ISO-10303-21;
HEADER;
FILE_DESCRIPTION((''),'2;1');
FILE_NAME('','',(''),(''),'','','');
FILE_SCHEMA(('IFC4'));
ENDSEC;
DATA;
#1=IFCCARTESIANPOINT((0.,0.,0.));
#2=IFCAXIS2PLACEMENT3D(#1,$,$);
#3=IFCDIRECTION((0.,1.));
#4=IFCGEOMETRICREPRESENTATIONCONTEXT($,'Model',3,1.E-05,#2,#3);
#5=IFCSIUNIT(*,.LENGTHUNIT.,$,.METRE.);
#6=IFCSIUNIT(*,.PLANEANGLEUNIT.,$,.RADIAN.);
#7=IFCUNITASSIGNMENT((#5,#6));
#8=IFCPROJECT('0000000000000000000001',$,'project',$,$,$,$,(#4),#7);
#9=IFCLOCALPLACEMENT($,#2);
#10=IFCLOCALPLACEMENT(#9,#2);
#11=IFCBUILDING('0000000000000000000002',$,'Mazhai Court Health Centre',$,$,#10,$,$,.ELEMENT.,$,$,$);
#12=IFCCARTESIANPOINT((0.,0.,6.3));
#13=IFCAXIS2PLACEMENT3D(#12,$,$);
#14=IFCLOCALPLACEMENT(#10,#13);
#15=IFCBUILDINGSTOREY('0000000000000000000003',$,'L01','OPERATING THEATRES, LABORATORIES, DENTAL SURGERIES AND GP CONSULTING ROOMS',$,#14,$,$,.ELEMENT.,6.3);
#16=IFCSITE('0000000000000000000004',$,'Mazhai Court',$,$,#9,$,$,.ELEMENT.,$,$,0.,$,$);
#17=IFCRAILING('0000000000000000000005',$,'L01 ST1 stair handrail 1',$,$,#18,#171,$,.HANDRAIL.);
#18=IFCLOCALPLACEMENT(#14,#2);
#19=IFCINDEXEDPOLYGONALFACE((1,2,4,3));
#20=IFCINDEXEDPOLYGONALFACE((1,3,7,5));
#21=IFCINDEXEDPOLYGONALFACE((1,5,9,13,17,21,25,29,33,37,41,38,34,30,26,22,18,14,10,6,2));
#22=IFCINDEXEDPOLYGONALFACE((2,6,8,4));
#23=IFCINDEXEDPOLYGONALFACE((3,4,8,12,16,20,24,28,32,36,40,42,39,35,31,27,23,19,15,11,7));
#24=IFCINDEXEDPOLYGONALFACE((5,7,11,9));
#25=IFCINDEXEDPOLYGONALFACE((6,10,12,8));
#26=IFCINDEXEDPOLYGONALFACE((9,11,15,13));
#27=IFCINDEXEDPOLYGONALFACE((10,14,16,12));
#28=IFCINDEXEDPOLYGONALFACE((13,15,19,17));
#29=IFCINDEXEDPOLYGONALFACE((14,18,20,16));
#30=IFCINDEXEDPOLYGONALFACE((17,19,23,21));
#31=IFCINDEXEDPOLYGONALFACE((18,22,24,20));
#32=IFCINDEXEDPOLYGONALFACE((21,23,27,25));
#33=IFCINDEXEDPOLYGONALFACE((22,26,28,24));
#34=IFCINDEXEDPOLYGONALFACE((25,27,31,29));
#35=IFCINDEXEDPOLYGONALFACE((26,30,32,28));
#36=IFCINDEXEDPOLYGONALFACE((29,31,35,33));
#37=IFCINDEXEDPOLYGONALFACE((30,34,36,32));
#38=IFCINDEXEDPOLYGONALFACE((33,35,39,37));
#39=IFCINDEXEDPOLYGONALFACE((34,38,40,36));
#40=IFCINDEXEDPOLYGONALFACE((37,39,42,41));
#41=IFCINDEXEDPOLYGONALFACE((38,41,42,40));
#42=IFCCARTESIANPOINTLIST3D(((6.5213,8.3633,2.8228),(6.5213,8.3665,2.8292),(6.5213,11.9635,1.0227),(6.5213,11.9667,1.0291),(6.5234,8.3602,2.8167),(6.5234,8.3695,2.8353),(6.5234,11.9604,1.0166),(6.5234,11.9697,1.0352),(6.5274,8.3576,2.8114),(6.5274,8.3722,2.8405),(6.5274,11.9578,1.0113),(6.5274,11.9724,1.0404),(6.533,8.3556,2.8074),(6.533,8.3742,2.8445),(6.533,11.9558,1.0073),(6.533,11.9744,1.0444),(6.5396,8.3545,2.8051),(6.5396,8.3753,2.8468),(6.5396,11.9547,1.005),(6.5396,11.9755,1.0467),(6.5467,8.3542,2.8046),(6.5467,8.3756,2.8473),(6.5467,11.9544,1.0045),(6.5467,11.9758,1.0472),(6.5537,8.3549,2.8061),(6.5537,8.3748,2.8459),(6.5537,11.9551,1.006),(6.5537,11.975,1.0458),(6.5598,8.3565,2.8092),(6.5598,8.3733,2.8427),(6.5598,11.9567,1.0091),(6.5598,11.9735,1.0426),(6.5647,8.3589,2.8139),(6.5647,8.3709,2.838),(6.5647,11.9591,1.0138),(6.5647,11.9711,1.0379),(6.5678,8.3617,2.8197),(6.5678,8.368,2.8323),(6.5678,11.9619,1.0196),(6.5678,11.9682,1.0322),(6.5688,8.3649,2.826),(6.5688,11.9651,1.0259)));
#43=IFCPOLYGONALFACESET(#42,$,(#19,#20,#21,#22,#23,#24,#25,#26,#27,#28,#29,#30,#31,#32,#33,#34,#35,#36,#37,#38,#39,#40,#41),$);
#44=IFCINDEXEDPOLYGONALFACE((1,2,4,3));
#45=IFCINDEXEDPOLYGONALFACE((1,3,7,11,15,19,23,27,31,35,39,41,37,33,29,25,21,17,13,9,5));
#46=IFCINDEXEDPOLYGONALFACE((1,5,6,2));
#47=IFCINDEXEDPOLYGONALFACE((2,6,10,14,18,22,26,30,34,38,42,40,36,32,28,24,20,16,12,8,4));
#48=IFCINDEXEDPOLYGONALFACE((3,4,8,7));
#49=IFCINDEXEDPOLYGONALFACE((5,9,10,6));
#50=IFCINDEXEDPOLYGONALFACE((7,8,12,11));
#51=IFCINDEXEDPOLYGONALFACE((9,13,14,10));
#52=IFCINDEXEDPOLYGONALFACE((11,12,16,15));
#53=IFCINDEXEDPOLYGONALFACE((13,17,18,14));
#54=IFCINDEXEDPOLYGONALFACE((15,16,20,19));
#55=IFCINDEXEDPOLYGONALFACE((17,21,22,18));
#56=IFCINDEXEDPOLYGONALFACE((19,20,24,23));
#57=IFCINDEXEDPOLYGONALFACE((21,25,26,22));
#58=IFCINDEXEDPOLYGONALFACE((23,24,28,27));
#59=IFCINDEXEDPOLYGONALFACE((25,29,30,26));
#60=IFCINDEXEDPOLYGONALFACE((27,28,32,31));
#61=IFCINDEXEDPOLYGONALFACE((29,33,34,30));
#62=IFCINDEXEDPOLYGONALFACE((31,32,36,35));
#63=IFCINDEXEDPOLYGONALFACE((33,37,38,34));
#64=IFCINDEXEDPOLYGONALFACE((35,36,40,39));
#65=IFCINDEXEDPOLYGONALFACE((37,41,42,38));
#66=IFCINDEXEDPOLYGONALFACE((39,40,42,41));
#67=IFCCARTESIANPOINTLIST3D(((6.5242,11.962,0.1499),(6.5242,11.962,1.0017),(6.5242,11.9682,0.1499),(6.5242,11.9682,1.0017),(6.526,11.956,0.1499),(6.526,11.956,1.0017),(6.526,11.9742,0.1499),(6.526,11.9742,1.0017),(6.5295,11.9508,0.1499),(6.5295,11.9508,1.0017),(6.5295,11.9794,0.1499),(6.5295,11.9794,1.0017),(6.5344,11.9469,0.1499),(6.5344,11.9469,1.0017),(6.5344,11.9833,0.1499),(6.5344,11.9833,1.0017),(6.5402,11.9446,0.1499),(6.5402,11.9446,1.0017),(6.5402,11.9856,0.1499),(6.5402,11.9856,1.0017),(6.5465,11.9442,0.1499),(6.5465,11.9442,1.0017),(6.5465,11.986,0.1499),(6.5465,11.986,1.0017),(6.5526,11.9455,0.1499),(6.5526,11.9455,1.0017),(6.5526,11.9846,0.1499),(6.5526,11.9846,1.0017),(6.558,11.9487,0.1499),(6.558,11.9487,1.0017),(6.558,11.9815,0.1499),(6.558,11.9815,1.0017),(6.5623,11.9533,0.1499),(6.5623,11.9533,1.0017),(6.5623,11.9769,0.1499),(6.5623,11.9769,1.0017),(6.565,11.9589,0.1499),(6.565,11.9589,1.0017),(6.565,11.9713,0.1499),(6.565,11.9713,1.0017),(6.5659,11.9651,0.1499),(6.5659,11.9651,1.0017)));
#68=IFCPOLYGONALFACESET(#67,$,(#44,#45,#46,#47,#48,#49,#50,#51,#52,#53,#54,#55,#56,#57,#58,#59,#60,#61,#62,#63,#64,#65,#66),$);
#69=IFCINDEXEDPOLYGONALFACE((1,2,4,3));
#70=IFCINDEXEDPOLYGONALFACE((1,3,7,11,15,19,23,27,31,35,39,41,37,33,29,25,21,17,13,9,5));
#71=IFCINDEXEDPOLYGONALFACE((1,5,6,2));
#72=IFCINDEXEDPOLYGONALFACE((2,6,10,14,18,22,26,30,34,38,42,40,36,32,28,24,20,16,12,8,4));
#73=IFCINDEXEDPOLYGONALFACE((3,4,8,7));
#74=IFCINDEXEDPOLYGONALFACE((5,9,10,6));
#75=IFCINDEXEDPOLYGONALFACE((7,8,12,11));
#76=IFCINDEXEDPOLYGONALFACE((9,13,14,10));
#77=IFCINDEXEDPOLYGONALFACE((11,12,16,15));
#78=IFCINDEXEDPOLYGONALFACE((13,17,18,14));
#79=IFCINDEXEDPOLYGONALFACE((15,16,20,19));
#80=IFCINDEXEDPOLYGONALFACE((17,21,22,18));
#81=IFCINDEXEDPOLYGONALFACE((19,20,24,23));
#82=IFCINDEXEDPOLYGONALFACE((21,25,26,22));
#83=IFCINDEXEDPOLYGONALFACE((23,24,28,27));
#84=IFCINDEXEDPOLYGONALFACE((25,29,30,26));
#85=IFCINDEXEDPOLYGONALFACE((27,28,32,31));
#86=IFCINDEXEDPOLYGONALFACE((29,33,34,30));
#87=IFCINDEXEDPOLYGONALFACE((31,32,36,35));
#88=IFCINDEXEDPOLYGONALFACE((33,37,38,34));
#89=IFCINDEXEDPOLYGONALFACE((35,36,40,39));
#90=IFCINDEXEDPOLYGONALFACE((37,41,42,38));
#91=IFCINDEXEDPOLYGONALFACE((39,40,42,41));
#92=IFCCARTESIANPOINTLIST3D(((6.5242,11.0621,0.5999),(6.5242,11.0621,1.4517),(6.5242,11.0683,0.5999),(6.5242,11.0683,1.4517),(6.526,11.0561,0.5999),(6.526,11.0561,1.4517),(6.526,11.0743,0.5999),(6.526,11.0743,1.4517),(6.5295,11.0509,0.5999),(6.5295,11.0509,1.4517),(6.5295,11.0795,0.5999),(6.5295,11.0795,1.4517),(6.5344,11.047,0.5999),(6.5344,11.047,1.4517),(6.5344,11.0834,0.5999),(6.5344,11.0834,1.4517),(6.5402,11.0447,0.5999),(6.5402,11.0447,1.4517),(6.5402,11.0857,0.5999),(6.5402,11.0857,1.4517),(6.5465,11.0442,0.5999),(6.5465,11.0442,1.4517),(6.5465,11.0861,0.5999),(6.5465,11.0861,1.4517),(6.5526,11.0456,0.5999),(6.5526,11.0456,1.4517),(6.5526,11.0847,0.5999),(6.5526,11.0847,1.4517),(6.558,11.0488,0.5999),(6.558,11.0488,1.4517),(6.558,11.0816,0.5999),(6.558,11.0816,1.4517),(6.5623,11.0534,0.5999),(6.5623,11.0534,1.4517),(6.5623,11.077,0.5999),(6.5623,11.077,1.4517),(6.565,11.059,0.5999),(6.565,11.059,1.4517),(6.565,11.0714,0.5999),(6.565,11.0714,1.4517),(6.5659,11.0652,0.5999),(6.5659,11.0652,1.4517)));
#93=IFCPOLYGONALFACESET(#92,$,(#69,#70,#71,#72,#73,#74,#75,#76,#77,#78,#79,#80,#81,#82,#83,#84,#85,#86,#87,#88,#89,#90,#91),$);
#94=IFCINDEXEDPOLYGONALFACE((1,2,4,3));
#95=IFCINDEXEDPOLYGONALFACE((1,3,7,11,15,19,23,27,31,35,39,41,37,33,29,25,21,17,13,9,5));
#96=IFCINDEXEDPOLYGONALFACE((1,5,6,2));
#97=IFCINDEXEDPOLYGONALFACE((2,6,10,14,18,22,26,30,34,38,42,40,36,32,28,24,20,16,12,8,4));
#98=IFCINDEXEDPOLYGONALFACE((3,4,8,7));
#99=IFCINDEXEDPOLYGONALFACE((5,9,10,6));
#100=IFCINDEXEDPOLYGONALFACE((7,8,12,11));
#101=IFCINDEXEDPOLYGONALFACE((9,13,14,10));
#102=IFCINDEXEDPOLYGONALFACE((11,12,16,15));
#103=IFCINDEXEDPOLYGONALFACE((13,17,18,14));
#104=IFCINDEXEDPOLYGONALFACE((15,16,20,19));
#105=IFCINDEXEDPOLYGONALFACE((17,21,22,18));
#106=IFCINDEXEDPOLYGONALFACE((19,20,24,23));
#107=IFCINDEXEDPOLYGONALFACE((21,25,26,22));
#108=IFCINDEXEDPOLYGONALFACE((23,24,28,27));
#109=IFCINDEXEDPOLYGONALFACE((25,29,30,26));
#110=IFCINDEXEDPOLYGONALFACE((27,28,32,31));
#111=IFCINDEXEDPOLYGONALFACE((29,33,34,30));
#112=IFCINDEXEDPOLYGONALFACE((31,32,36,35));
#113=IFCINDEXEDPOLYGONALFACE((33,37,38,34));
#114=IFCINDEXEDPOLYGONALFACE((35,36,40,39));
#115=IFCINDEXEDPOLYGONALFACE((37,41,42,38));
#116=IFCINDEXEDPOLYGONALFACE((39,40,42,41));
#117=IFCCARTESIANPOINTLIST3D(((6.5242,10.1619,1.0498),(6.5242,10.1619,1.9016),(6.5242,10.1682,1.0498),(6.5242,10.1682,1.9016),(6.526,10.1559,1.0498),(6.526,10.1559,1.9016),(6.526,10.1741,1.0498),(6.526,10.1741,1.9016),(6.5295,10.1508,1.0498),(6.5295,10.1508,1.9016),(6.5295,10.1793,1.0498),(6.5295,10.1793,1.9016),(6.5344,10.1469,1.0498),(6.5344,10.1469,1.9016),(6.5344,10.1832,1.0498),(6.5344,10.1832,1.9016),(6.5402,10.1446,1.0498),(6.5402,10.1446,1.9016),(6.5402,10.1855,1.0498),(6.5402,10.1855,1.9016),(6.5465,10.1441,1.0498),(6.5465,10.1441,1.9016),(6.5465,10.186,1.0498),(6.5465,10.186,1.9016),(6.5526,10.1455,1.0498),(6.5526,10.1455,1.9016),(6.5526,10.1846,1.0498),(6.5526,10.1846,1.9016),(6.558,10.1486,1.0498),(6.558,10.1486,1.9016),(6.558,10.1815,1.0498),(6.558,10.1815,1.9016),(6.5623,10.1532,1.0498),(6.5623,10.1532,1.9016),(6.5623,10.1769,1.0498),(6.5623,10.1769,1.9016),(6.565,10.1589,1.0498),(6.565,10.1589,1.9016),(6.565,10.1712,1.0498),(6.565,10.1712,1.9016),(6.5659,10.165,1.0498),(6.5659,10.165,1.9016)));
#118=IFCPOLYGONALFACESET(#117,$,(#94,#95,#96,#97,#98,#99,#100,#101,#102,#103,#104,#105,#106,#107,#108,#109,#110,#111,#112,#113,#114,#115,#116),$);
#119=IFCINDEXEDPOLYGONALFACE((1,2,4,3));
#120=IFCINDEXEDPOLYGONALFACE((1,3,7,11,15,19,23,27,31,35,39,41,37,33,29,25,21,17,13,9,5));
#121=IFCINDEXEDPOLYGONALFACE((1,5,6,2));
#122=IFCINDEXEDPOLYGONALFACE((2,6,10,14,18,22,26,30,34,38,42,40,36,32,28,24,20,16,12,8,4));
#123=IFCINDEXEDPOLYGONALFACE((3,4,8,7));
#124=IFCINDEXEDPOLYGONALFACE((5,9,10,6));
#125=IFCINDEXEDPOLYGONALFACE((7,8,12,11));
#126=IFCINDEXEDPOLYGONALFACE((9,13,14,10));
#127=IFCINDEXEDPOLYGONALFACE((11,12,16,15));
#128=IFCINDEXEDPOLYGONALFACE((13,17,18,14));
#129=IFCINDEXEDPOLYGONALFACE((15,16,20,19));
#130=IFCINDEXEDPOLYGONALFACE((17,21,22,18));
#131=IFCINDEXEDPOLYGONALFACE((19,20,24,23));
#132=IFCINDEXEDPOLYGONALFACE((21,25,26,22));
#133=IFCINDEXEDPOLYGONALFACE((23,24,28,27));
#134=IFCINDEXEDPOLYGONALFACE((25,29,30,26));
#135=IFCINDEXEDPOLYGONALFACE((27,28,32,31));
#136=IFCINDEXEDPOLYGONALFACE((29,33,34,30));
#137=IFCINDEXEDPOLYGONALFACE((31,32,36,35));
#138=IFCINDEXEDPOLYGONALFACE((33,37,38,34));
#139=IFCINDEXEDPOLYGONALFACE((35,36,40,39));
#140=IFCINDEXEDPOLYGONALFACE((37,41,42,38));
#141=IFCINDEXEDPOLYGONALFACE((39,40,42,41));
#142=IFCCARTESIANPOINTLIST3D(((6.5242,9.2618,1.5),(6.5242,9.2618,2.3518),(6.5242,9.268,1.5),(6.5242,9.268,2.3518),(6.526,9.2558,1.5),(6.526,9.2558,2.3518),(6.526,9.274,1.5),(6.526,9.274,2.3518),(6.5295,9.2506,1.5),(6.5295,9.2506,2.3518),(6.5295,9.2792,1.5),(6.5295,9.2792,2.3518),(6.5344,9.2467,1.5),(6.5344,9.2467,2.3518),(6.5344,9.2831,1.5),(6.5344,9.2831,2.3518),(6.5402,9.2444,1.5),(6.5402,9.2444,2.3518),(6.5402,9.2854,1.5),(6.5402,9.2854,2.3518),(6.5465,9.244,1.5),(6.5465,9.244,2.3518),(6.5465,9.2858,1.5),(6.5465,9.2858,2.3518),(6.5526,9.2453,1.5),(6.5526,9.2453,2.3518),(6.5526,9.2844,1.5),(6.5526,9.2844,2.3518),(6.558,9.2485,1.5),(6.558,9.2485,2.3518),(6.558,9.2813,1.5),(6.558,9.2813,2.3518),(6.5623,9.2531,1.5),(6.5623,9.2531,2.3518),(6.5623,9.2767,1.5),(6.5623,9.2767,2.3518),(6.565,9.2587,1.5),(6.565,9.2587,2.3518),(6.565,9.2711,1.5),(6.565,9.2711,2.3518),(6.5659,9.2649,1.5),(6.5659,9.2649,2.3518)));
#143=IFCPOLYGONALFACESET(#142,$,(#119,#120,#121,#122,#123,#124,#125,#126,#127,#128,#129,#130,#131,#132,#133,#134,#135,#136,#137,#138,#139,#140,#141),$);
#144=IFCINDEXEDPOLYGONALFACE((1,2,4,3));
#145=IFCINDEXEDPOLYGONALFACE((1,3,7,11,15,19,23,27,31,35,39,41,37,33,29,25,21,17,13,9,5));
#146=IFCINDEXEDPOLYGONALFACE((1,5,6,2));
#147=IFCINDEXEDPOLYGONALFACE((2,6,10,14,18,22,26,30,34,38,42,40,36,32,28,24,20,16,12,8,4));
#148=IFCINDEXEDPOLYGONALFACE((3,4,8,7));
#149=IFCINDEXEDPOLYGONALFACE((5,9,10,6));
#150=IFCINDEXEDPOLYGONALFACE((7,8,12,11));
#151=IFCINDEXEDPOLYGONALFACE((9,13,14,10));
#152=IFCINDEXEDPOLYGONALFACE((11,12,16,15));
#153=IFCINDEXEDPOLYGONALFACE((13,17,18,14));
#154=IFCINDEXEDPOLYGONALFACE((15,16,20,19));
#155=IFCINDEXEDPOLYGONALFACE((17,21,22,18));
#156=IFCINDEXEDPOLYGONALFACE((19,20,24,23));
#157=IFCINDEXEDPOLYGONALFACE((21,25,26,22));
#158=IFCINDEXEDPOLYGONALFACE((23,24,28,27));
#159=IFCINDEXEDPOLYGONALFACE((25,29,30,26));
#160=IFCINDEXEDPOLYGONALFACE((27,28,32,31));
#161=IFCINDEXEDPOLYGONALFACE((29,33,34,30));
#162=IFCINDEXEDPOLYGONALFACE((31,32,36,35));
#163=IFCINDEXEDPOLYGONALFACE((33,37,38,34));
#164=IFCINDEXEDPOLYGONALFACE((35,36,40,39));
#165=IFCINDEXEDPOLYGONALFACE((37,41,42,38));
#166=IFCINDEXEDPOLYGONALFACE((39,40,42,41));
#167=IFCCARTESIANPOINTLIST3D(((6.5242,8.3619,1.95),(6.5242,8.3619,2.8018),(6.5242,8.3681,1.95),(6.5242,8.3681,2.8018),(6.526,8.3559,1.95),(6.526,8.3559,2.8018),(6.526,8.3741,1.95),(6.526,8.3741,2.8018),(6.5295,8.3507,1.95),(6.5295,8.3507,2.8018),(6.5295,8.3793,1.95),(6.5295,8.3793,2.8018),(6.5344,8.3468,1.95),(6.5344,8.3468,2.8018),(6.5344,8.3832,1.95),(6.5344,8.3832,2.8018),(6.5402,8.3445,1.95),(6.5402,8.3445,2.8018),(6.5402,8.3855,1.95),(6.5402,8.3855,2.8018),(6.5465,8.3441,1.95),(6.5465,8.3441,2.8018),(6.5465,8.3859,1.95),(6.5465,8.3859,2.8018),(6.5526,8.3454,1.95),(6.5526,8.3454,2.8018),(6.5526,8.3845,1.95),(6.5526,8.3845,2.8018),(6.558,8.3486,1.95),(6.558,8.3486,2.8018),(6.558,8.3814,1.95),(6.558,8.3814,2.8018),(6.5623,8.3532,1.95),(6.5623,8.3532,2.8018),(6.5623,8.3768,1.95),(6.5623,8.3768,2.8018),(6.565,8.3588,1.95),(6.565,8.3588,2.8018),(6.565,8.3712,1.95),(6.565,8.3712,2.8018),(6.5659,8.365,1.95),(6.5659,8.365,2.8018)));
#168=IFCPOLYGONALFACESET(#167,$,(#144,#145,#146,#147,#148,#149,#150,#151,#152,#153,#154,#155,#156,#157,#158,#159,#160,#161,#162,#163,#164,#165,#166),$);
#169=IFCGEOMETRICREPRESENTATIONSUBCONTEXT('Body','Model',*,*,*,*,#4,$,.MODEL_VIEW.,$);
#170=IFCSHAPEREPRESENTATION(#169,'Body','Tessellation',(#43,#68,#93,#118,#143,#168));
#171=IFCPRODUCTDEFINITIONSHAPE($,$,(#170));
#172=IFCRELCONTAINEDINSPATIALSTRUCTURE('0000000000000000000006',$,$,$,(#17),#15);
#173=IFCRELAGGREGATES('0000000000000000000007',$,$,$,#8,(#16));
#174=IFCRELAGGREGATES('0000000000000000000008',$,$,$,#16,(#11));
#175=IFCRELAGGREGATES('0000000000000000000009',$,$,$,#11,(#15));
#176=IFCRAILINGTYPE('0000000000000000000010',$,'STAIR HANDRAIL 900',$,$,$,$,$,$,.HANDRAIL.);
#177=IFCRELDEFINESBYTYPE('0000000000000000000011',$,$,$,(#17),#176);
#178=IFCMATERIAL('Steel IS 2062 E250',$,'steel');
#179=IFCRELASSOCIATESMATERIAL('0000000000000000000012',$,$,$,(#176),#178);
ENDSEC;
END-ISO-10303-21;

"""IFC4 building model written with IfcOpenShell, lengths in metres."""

from ifc_helpers import new_model, si_unit, direction, frame, origin, origin_2d, place, context, subcontext, project, spatial, circle, extrude, material, type_object, element, save


model = new_model("IFC4")

# Units and contexts
model_context = context("Model", 3, precision=1e-05, world=origin(), true_north=direction((0.0, 1.0)))
body_context = subcontext(model_context, "Body", "Model", "MODEL_VIEW")
ifc_project = project(units=[si_unit("LENGTHUNIT", "METRE"), si_unit("PLANEANGLEUNIT", "RADIAN")], contexts=[model_context])

# Site, building, storey
site_placement = place(None, origin())
site = spatial("IfcSite", under=ifc_project, at=site_placement, Name="Mazhai Court", CompositionType="ELEMENT", RefElevation=0.0)
building_placement = place(site_placement, origin())
building = spatial("IfcBuilding", under=site, at=building_placement, Name="Mazhai Court Health Centre", CompositionType="ELEMENT")
storey_placement = place(building_placement, frame((0.0, 0.0, 6.3)))
storey = spatial("IfcBuildingStorey", under=building, at=storey_placement, Name="L01", Description="OPERATING THEATRES, LABORATORIES, DENTAL SURGERIES AND GP CONSULTING ROOMS", CompositionType="ELEMENT", Elevation=6.3)

# Railing
ifc_material_1 = material(Name="Steel IS 2062 E250", Category="steel")
railing_type_1 = type_object("IfcRailingType", Name="STAIR HANDRAIL 900", PredefinedType="HANDRAIL", material=ifc_material_1)
railing_1_placement = place(storey_placement, frame((6.5449, 11.9651, 0.1499)))
element("IfcRailing", 1, at=railing_1_placement, inside=storey, type_object=railing_type_1, Name="L01 ST1 stair handrail 1", PredefinedType="HANDRAIL", context=body_context, shape_type="SweptSolid", body=[
    extrude(circle(Radius=0.0239, at=origin_2d()), frame((0.0, 0.0, 0.876), z_axis=(0.0, -0.894427, 0.447214), x_axis=(1.0, 0.0, 0.0)), (0.0, 0.0, 1.0), 4.0251),
    extrude(circle(Radius=0.021, at=origin_2d()), origin(), (0.0, 0.0, 1.0), 0.8518),
    extrude(circle(Radius=0.021, at=origin_2d()), frame((0.0, -0.8999, 0.45)), (0.0, 0.0, 1.0), 0.8518),
    extrude(circle(Radius=0.021, at=origin_2d()), frame((0.0, -1.8, 0.8999)), (0.0, 0.0, 1.0), 0.8518),
    extrude(circle(Radius=0.021, at=origin_2d()), frame((0.0, -2.7002, 1.3501)), (0.0, 0.0, 1.0), 0.8518),
    extrude(circle(Radius=0.021, at=origin_2d()), frame((0.0, -3.6001, 1.8)), (0.0, 0.0, 1.0), 0.8518),
])

save(model, "model.ifc")
